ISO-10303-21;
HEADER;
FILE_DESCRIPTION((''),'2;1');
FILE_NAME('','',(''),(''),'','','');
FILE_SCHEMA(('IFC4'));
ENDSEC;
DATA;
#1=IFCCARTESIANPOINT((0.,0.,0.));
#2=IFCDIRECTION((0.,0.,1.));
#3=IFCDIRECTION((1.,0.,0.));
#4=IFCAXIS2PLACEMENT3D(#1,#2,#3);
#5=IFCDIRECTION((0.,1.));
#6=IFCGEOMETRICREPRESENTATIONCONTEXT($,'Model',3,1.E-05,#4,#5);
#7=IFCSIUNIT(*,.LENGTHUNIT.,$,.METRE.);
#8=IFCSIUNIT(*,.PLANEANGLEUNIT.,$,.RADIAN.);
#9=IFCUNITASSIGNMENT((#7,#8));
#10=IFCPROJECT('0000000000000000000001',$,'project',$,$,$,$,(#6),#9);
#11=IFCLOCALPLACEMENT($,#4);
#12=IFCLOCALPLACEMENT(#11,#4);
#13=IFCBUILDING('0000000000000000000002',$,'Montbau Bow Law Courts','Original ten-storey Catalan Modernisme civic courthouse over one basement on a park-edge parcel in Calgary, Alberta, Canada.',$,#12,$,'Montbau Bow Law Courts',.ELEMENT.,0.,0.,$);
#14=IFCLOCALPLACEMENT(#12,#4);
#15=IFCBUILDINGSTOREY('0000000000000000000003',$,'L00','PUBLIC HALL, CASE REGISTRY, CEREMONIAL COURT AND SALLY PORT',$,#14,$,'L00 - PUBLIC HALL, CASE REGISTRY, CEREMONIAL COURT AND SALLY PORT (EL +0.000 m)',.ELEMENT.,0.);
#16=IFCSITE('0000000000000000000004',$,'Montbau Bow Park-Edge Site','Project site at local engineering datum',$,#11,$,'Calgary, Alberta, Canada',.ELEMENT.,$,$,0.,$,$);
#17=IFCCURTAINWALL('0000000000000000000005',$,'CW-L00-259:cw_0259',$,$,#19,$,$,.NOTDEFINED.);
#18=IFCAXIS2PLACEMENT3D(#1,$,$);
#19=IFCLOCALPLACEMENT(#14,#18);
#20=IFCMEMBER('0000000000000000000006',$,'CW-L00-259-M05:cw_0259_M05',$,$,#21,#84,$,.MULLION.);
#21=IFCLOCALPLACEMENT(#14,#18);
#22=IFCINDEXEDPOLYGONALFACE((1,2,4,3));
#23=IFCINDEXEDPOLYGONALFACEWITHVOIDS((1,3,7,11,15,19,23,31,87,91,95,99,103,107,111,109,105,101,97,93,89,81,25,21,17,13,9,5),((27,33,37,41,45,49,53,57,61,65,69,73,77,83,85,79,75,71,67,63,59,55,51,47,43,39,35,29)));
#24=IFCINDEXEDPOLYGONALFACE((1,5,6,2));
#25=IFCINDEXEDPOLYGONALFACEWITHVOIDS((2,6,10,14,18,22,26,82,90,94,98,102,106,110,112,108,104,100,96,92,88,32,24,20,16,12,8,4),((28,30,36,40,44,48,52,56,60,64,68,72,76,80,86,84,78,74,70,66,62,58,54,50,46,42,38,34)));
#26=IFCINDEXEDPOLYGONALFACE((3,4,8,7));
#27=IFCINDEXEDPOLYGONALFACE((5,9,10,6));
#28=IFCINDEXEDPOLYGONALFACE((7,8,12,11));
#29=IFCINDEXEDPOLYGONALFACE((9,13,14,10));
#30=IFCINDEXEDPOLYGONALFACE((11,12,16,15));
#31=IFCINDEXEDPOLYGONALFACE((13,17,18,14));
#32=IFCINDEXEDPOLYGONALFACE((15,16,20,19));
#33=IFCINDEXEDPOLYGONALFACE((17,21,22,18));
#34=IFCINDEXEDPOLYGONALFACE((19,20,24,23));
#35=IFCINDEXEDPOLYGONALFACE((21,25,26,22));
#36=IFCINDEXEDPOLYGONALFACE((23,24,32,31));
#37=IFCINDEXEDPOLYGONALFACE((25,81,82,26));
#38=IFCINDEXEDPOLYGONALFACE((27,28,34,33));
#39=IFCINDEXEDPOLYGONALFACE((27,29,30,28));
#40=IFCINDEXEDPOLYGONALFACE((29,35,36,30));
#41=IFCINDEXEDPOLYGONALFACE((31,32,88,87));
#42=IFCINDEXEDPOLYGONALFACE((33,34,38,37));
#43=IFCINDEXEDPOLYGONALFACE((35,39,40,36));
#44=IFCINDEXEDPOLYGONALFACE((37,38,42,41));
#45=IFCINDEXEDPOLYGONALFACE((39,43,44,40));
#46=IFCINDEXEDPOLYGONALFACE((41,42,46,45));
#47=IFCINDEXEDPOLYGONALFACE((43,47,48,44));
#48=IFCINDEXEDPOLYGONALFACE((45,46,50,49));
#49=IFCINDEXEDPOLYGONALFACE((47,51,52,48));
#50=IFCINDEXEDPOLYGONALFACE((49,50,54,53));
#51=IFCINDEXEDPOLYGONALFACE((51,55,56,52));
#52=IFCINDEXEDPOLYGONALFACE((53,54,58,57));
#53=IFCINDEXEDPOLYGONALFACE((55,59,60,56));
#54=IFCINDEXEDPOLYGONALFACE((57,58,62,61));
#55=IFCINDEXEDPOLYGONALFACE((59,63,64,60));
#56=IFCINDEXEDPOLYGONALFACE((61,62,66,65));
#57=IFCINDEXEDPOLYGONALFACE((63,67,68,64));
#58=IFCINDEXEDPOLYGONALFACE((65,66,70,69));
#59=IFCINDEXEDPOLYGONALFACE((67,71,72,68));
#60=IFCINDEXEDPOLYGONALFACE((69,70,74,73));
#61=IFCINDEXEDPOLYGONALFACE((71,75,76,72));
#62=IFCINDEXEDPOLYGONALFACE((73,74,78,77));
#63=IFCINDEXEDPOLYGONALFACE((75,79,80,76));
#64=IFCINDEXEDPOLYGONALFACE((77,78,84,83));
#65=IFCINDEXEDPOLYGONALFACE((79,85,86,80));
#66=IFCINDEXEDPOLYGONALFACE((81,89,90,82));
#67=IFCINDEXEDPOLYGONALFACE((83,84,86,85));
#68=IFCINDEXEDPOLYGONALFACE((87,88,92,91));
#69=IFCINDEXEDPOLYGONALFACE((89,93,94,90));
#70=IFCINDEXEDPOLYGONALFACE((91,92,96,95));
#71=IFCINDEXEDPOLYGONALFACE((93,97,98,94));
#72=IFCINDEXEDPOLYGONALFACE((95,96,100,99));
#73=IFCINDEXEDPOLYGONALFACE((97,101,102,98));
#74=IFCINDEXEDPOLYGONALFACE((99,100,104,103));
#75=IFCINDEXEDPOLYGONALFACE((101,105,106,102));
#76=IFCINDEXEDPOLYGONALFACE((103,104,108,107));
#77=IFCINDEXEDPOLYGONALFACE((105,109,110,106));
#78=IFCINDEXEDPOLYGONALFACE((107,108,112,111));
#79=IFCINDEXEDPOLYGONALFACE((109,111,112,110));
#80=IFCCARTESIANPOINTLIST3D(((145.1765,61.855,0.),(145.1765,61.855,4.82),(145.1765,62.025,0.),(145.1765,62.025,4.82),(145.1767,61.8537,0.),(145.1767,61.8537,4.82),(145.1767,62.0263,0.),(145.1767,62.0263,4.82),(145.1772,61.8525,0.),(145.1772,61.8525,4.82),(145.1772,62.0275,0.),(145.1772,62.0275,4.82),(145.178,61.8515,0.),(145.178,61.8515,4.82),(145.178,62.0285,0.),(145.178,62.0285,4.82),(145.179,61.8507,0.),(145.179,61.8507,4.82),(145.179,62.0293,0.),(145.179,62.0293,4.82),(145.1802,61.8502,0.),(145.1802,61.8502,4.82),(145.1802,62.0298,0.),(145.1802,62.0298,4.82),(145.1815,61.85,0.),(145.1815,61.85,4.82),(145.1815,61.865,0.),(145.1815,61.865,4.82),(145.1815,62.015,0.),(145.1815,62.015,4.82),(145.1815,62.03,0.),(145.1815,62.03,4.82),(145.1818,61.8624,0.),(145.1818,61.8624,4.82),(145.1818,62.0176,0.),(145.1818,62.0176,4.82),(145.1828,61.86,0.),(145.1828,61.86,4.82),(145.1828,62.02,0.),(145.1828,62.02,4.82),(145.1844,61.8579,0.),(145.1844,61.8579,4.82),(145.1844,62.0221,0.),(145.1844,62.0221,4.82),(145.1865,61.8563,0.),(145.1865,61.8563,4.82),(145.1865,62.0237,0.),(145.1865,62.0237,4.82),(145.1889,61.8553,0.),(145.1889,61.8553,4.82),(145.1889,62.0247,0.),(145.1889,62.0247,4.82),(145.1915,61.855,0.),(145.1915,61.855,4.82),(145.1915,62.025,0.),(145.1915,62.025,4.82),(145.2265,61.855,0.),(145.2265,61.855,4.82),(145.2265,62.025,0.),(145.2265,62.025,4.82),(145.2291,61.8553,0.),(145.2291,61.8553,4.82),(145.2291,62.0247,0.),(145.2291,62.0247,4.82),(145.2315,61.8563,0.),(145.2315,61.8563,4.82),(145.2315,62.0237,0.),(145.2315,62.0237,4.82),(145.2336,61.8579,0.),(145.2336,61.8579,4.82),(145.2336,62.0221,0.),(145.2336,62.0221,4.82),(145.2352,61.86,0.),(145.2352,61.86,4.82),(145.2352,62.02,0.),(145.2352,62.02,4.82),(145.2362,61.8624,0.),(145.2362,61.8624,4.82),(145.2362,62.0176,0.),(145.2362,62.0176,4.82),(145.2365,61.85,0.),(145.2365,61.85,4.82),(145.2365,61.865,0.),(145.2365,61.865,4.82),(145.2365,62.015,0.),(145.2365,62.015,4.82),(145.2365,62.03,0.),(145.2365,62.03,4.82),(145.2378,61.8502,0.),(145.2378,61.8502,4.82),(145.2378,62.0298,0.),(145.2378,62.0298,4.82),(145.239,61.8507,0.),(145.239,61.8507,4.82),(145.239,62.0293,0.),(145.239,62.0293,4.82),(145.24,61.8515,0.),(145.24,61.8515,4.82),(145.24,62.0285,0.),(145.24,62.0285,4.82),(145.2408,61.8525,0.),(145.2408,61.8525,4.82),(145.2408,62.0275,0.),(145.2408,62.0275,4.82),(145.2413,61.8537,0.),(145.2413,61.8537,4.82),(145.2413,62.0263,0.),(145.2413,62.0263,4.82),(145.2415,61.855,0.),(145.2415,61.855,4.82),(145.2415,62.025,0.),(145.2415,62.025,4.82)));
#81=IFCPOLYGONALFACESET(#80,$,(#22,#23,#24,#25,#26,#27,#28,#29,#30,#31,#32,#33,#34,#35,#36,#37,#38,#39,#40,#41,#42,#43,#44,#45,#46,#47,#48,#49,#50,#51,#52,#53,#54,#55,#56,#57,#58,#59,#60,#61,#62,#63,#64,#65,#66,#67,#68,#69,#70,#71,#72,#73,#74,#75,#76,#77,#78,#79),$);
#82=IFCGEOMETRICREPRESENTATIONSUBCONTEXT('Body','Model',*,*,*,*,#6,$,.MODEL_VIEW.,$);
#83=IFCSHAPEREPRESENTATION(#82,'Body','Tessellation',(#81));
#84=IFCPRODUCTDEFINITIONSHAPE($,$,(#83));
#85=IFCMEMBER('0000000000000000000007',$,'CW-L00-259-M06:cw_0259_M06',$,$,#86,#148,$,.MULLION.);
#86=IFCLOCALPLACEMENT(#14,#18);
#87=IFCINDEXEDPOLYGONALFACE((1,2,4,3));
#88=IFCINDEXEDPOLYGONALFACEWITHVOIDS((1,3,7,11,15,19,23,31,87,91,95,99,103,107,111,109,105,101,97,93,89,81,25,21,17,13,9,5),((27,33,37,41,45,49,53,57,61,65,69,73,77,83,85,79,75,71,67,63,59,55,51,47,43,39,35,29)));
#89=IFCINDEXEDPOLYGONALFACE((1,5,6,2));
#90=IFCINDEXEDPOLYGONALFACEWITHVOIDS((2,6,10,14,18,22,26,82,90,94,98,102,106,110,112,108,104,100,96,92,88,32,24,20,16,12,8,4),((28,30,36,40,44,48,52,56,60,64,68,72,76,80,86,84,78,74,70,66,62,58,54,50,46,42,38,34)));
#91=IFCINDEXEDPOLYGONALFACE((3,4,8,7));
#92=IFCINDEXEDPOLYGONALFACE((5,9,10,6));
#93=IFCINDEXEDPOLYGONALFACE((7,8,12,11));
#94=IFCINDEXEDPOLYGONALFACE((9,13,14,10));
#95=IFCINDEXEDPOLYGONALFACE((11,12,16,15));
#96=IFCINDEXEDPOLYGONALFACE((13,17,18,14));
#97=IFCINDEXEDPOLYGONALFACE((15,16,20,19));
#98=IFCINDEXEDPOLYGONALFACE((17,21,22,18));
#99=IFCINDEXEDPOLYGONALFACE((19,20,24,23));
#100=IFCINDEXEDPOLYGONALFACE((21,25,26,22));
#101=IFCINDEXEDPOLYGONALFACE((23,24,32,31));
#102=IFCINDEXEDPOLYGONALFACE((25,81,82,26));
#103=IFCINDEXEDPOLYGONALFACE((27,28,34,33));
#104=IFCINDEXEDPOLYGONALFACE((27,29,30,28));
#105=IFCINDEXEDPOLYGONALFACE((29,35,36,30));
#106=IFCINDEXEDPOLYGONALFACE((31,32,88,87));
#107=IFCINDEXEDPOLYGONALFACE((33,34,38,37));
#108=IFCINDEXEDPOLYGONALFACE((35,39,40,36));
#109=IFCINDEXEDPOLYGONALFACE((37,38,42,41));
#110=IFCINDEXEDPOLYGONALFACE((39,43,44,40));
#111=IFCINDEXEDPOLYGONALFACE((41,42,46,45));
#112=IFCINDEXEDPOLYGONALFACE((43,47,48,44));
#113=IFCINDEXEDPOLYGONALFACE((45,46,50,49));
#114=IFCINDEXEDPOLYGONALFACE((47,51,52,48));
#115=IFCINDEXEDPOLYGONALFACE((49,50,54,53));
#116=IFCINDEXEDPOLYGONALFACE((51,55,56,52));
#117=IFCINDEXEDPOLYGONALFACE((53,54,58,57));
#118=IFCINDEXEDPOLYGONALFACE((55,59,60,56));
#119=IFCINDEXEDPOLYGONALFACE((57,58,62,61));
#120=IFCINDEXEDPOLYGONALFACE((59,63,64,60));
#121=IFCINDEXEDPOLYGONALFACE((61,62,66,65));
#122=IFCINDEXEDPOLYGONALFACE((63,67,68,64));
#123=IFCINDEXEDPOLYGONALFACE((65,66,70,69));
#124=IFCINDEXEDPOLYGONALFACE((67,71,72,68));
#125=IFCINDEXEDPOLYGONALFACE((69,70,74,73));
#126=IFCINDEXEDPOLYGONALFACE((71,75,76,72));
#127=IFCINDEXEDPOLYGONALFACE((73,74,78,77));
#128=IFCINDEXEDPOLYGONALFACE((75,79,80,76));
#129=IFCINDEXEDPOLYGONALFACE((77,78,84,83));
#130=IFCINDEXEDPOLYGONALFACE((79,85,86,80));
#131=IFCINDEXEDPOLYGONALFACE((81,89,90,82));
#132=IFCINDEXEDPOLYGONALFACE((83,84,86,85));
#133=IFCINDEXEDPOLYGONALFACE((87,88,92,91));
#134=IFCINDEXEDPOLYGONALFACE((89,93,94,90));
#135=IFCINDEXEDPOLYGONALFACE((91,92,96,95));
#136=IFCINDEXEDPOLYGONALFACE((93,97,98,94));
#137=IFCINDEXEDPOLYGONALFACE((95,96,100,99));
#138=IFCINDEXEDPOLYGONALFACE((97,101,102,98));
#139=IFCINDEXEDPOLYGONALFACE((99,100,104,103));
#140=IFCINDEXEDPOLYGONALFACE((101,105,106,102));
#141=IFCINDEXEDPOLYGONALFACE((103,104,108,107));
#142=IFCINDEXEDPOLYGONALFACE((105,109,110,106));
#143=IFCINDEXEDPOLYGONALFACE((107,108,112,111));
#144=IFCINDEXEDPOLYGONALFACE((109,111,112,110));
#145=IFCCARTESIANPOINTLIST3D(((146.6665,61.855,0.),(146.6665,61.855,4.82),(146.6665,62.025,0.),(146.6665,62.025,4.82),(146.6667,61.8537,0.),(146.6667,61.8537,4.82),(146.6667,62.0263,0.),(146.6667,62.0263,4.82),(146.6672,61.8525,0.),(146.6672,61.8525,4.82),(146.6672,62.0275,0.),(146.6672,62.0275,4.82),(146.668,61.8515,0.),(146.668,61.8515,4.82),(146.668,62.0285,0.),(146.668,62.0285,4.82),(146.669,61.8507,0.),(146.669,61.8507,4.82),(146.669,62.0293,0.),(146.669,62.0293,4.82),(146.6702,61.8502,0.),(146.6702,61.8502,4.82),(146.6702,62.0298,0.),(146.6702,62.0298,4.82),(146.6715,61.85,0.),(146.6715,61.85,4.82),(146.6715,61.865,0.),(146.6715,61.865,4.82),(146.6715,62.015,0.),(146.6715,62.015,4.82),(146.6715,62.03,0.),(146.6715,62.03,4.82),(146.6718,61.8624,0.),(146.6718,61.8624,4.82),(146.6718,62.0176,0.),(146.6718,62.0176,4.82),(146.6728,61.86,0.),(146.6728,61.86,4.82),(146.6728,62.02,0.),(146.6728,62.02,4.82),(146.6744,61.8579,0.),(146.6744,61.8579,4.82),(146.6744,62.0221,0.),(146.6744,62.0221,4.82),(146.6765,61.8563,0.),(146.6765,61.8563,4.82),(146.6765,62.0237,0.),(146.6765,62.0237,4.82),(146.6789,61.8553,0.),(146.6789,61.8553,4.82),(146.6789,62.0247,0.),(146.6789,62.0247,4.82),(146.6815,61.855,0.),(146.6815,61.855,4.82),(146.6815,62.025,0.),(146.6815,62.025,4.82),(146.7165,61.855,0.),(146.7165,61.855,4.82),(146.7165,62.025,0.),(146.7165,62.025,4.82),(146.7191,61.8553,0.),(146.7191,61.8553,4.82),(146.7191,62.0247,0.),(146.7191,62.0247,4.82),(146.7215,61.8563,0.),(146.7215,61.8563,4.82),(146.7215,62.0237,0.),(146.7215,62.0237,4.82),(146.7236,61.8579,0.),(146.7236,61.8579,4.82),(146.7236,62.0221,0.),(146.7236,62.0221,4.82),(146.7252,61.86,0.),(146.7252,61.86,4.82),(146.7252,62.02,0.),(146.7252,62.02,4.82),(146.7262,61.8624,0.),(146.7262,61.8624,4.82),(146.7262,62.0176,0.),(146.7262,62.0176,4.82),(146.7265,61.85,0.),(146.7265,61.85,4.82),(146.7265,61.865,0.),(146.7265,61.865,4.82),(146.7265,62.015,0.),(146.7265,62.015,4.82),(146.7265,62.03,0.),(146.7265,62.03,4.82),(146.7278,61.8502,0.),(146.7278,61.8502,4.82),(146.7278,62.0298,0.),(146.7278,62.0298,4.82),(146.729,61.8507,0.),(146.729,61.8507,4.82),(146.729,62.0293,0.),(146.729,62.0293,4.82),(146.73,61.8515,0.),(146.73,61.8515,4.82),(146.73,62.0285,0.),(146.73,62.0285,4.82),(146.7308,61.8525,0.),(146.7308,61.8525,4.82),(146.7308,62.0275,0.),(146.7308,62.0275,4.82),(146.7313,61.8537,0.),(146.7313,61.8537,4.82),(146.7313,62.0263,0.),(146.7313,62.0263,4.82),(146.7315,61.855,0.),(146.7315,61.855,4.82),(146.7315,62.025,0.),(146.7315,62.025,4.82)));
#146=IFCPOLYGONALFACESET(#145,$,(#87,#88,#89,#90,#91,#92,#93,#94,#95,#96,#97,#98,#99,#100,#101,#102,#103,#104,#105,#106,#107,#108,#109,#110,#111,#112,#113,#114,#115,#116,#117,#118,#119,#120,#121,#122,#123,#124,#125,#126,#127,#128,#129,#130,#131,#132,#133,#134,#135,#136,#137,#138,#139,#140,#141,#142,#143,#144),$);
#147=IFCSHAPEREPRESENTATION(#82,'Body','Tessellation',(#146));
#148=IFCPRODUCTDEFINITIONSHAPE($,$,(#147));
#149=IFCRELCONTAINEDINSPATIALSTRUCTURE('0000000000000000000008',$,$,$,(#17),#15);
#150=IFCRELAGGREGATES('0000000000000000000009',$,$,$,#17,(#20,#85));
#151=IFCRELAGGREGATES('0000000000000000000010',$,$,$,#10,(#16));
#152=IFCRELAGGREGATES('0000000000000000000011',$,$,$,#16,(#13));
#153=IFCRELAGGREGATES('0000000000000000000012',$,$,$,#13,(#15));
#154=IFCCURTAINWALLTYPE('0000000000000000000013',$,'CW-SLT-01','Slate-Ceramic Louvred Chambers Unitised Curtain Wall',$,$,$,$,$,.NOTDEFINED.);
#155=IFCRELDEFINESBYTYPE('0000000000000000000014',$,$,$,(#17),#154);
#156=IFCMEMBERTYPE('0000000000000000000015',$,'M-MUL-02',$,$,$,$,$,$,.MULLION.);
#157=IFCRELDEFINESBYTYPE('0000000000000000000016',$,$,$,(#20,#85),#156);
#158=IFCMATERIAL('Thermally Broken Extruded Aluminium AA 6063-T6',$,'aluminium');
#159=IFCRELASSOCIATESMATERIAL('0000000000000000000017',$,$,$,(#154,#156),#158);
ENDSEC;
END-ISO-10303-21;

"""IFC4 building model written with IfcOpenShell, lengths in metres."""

from ifc_helpers import new_model, si_unit, direction, frame, origin_with_axes, origin_2d_with_axis, place, context, subcontext, project, spatial, hollow_rectangle, extrude, material, material_profile, profile_set, type_object, element, aggregate, save


model = new_model("IFC4")

# Units and contexts
model_context = context("Model", 3, precision=1e-05, world=origin_with_axes(), true_north=direction((0.0, 1.0)))
body_context = subcontext(model_context, "Body", "Model", "MODEL_VIEW")
ifc_project = project(units=[si_unit("LENGTHUNIT", "METRE"), si_unit("PLANEANGLEUNIT", "RADIAN")], contexts=[model_context])

# Site, building, storey
site_placement = place(None, origin_with_axes())
site = spatial("IfcSite", under=ifc_project, at=site_placement, Name="Montbau Bow Park-Edge Site", Description="Project site at local engineering datum", LongName="Calgary, Alberta, Canada", CompositionType="ELEMENT", RefElevation=0.0)
building_placement = place(site_placement, origin_with_axes())
building = spatial("IfcBuilding", under=site, at=building_placement, Name="Montbau Bow Law Courts", Description="Original ten-storey Catalan Modernisme civic courthouse over one basement on a park-edge parcel in Calgary, Alberta, Canada.", LongName="Montbau Bow Law Courts", CompositionType="ELEMENT", ElevationOfRefHeight=0.0, ElevationOfTerrain=0.0)
storey_placement = place(building_placement, origin_with_axes())
storey = spatial("IfcBuildingStorey", under=building, at=storey_placement, Name="L00", Description="PUBLIC HALL, CASE REGISTRY, CEREMONIAL COURT AND SALLY PORT", LongName="L00 - PUBLIC HALL, CASE REGISTRY, CEREMONIAL COURT AND SALLY PORT (EL +0.000 m)", CompositionType="ELEMENT", Elevation=0.0)

# Curtain wall, members
ifc_material_1 = material(Name="Thermally Broken Extruded Aluminium AA 6063-T6", Category="aluminium")
curtain_wall_type = type_object("IfcCurtainWallType", Name="CW-SLT-01", Description="Slate-Ceramic Louvred Chambers Unitised Curtain Wall", PredefinedType="NOTDEFINED", material=ifc_material_1)
curtain_wall_placement = place(None, frame((139.115, 61.94, 0.0), z_axis=(0.0, 0.0, 1.0), x_axis=(1.0, 0.0, 0.0)))
curtain_wall = element("IfcCurtainWall", 1, at=curtain_wall_placement, inside=storey, type_object=curtain_wall_type, Name="CW-L00-259:cw_0259", PredefinedType="NOTDEFINED")
ifc_material_profile_1 = material_profile(ifc_material_1, hollow_rectangle(XDim=0.065, YDim=0.18, WallThickness=0.005, InnerFilletRadius=0.01, OuterFilletRadius=0.005, at=origin_2d_with_axis()), Name="CWM-180X65", Category="Main", Priority=0)
ifc_profile_set_1 = profile_set([ifc_material_profile_1], Name="Thermally Broken Extruded Aluminium AA 6063-T6")
member_type_1 = type_object("IfcMemberType", Name="M-MUL-02", PredefinedType="MULLION", material=ifc_profile_set_1)
member_1_placement = place(None, frame((145.209, 61.94, 0.0), z_axis=(0.0, 0.0, 1.0), x_axis=(1.0, 0.0, 0.0)))
member_1 = element("IfcMember", 2, at=member_1_placement, type_object=member_type_1, Name="CW-L00-259-M05:cw_0259_M05", PredefinedType="MULLION", context=body_context, shape_type="SweptSolid", body=[
    extrude(hollow_rectangle(XDim=0.065, YDim=0.18, WallThickness=0.005, InnerFilletRadius=0.01, OuterFilletRadius=0.005, at=origin_2d_with_axis()), origin_with_axes(), (0.0, 0.0, 1.0), 4.82),
])
member_2_placement = place(None, frame((146.699, 61.94, 0.0), z_axis=(0.0, 0.0, 1.0), x_axis=(1.0, 0.0, 0.0)))
member_2 = element("IfcMember", 3, at=member_2_placement, type_object=member_type_1, Name="CW-L00-259-M06:cw_0259_M06", PredefinedType="MULLION", context=body_context, shape_type="SweptSolid", body=[
    extrude(hollow_rectangle(XDim=0.065, YDim=0.18, WallThickness=0.005, InnerFilletRadius=0.01, OuterFilletRadius=0.005, at=origin_2d_with_axis()), origin_with_axes(), (0.0, 0.0, 1.0), 4.82),
])
aggregate(curtain_wall, [member_1, member_2])

save(model, "model.ifc")
